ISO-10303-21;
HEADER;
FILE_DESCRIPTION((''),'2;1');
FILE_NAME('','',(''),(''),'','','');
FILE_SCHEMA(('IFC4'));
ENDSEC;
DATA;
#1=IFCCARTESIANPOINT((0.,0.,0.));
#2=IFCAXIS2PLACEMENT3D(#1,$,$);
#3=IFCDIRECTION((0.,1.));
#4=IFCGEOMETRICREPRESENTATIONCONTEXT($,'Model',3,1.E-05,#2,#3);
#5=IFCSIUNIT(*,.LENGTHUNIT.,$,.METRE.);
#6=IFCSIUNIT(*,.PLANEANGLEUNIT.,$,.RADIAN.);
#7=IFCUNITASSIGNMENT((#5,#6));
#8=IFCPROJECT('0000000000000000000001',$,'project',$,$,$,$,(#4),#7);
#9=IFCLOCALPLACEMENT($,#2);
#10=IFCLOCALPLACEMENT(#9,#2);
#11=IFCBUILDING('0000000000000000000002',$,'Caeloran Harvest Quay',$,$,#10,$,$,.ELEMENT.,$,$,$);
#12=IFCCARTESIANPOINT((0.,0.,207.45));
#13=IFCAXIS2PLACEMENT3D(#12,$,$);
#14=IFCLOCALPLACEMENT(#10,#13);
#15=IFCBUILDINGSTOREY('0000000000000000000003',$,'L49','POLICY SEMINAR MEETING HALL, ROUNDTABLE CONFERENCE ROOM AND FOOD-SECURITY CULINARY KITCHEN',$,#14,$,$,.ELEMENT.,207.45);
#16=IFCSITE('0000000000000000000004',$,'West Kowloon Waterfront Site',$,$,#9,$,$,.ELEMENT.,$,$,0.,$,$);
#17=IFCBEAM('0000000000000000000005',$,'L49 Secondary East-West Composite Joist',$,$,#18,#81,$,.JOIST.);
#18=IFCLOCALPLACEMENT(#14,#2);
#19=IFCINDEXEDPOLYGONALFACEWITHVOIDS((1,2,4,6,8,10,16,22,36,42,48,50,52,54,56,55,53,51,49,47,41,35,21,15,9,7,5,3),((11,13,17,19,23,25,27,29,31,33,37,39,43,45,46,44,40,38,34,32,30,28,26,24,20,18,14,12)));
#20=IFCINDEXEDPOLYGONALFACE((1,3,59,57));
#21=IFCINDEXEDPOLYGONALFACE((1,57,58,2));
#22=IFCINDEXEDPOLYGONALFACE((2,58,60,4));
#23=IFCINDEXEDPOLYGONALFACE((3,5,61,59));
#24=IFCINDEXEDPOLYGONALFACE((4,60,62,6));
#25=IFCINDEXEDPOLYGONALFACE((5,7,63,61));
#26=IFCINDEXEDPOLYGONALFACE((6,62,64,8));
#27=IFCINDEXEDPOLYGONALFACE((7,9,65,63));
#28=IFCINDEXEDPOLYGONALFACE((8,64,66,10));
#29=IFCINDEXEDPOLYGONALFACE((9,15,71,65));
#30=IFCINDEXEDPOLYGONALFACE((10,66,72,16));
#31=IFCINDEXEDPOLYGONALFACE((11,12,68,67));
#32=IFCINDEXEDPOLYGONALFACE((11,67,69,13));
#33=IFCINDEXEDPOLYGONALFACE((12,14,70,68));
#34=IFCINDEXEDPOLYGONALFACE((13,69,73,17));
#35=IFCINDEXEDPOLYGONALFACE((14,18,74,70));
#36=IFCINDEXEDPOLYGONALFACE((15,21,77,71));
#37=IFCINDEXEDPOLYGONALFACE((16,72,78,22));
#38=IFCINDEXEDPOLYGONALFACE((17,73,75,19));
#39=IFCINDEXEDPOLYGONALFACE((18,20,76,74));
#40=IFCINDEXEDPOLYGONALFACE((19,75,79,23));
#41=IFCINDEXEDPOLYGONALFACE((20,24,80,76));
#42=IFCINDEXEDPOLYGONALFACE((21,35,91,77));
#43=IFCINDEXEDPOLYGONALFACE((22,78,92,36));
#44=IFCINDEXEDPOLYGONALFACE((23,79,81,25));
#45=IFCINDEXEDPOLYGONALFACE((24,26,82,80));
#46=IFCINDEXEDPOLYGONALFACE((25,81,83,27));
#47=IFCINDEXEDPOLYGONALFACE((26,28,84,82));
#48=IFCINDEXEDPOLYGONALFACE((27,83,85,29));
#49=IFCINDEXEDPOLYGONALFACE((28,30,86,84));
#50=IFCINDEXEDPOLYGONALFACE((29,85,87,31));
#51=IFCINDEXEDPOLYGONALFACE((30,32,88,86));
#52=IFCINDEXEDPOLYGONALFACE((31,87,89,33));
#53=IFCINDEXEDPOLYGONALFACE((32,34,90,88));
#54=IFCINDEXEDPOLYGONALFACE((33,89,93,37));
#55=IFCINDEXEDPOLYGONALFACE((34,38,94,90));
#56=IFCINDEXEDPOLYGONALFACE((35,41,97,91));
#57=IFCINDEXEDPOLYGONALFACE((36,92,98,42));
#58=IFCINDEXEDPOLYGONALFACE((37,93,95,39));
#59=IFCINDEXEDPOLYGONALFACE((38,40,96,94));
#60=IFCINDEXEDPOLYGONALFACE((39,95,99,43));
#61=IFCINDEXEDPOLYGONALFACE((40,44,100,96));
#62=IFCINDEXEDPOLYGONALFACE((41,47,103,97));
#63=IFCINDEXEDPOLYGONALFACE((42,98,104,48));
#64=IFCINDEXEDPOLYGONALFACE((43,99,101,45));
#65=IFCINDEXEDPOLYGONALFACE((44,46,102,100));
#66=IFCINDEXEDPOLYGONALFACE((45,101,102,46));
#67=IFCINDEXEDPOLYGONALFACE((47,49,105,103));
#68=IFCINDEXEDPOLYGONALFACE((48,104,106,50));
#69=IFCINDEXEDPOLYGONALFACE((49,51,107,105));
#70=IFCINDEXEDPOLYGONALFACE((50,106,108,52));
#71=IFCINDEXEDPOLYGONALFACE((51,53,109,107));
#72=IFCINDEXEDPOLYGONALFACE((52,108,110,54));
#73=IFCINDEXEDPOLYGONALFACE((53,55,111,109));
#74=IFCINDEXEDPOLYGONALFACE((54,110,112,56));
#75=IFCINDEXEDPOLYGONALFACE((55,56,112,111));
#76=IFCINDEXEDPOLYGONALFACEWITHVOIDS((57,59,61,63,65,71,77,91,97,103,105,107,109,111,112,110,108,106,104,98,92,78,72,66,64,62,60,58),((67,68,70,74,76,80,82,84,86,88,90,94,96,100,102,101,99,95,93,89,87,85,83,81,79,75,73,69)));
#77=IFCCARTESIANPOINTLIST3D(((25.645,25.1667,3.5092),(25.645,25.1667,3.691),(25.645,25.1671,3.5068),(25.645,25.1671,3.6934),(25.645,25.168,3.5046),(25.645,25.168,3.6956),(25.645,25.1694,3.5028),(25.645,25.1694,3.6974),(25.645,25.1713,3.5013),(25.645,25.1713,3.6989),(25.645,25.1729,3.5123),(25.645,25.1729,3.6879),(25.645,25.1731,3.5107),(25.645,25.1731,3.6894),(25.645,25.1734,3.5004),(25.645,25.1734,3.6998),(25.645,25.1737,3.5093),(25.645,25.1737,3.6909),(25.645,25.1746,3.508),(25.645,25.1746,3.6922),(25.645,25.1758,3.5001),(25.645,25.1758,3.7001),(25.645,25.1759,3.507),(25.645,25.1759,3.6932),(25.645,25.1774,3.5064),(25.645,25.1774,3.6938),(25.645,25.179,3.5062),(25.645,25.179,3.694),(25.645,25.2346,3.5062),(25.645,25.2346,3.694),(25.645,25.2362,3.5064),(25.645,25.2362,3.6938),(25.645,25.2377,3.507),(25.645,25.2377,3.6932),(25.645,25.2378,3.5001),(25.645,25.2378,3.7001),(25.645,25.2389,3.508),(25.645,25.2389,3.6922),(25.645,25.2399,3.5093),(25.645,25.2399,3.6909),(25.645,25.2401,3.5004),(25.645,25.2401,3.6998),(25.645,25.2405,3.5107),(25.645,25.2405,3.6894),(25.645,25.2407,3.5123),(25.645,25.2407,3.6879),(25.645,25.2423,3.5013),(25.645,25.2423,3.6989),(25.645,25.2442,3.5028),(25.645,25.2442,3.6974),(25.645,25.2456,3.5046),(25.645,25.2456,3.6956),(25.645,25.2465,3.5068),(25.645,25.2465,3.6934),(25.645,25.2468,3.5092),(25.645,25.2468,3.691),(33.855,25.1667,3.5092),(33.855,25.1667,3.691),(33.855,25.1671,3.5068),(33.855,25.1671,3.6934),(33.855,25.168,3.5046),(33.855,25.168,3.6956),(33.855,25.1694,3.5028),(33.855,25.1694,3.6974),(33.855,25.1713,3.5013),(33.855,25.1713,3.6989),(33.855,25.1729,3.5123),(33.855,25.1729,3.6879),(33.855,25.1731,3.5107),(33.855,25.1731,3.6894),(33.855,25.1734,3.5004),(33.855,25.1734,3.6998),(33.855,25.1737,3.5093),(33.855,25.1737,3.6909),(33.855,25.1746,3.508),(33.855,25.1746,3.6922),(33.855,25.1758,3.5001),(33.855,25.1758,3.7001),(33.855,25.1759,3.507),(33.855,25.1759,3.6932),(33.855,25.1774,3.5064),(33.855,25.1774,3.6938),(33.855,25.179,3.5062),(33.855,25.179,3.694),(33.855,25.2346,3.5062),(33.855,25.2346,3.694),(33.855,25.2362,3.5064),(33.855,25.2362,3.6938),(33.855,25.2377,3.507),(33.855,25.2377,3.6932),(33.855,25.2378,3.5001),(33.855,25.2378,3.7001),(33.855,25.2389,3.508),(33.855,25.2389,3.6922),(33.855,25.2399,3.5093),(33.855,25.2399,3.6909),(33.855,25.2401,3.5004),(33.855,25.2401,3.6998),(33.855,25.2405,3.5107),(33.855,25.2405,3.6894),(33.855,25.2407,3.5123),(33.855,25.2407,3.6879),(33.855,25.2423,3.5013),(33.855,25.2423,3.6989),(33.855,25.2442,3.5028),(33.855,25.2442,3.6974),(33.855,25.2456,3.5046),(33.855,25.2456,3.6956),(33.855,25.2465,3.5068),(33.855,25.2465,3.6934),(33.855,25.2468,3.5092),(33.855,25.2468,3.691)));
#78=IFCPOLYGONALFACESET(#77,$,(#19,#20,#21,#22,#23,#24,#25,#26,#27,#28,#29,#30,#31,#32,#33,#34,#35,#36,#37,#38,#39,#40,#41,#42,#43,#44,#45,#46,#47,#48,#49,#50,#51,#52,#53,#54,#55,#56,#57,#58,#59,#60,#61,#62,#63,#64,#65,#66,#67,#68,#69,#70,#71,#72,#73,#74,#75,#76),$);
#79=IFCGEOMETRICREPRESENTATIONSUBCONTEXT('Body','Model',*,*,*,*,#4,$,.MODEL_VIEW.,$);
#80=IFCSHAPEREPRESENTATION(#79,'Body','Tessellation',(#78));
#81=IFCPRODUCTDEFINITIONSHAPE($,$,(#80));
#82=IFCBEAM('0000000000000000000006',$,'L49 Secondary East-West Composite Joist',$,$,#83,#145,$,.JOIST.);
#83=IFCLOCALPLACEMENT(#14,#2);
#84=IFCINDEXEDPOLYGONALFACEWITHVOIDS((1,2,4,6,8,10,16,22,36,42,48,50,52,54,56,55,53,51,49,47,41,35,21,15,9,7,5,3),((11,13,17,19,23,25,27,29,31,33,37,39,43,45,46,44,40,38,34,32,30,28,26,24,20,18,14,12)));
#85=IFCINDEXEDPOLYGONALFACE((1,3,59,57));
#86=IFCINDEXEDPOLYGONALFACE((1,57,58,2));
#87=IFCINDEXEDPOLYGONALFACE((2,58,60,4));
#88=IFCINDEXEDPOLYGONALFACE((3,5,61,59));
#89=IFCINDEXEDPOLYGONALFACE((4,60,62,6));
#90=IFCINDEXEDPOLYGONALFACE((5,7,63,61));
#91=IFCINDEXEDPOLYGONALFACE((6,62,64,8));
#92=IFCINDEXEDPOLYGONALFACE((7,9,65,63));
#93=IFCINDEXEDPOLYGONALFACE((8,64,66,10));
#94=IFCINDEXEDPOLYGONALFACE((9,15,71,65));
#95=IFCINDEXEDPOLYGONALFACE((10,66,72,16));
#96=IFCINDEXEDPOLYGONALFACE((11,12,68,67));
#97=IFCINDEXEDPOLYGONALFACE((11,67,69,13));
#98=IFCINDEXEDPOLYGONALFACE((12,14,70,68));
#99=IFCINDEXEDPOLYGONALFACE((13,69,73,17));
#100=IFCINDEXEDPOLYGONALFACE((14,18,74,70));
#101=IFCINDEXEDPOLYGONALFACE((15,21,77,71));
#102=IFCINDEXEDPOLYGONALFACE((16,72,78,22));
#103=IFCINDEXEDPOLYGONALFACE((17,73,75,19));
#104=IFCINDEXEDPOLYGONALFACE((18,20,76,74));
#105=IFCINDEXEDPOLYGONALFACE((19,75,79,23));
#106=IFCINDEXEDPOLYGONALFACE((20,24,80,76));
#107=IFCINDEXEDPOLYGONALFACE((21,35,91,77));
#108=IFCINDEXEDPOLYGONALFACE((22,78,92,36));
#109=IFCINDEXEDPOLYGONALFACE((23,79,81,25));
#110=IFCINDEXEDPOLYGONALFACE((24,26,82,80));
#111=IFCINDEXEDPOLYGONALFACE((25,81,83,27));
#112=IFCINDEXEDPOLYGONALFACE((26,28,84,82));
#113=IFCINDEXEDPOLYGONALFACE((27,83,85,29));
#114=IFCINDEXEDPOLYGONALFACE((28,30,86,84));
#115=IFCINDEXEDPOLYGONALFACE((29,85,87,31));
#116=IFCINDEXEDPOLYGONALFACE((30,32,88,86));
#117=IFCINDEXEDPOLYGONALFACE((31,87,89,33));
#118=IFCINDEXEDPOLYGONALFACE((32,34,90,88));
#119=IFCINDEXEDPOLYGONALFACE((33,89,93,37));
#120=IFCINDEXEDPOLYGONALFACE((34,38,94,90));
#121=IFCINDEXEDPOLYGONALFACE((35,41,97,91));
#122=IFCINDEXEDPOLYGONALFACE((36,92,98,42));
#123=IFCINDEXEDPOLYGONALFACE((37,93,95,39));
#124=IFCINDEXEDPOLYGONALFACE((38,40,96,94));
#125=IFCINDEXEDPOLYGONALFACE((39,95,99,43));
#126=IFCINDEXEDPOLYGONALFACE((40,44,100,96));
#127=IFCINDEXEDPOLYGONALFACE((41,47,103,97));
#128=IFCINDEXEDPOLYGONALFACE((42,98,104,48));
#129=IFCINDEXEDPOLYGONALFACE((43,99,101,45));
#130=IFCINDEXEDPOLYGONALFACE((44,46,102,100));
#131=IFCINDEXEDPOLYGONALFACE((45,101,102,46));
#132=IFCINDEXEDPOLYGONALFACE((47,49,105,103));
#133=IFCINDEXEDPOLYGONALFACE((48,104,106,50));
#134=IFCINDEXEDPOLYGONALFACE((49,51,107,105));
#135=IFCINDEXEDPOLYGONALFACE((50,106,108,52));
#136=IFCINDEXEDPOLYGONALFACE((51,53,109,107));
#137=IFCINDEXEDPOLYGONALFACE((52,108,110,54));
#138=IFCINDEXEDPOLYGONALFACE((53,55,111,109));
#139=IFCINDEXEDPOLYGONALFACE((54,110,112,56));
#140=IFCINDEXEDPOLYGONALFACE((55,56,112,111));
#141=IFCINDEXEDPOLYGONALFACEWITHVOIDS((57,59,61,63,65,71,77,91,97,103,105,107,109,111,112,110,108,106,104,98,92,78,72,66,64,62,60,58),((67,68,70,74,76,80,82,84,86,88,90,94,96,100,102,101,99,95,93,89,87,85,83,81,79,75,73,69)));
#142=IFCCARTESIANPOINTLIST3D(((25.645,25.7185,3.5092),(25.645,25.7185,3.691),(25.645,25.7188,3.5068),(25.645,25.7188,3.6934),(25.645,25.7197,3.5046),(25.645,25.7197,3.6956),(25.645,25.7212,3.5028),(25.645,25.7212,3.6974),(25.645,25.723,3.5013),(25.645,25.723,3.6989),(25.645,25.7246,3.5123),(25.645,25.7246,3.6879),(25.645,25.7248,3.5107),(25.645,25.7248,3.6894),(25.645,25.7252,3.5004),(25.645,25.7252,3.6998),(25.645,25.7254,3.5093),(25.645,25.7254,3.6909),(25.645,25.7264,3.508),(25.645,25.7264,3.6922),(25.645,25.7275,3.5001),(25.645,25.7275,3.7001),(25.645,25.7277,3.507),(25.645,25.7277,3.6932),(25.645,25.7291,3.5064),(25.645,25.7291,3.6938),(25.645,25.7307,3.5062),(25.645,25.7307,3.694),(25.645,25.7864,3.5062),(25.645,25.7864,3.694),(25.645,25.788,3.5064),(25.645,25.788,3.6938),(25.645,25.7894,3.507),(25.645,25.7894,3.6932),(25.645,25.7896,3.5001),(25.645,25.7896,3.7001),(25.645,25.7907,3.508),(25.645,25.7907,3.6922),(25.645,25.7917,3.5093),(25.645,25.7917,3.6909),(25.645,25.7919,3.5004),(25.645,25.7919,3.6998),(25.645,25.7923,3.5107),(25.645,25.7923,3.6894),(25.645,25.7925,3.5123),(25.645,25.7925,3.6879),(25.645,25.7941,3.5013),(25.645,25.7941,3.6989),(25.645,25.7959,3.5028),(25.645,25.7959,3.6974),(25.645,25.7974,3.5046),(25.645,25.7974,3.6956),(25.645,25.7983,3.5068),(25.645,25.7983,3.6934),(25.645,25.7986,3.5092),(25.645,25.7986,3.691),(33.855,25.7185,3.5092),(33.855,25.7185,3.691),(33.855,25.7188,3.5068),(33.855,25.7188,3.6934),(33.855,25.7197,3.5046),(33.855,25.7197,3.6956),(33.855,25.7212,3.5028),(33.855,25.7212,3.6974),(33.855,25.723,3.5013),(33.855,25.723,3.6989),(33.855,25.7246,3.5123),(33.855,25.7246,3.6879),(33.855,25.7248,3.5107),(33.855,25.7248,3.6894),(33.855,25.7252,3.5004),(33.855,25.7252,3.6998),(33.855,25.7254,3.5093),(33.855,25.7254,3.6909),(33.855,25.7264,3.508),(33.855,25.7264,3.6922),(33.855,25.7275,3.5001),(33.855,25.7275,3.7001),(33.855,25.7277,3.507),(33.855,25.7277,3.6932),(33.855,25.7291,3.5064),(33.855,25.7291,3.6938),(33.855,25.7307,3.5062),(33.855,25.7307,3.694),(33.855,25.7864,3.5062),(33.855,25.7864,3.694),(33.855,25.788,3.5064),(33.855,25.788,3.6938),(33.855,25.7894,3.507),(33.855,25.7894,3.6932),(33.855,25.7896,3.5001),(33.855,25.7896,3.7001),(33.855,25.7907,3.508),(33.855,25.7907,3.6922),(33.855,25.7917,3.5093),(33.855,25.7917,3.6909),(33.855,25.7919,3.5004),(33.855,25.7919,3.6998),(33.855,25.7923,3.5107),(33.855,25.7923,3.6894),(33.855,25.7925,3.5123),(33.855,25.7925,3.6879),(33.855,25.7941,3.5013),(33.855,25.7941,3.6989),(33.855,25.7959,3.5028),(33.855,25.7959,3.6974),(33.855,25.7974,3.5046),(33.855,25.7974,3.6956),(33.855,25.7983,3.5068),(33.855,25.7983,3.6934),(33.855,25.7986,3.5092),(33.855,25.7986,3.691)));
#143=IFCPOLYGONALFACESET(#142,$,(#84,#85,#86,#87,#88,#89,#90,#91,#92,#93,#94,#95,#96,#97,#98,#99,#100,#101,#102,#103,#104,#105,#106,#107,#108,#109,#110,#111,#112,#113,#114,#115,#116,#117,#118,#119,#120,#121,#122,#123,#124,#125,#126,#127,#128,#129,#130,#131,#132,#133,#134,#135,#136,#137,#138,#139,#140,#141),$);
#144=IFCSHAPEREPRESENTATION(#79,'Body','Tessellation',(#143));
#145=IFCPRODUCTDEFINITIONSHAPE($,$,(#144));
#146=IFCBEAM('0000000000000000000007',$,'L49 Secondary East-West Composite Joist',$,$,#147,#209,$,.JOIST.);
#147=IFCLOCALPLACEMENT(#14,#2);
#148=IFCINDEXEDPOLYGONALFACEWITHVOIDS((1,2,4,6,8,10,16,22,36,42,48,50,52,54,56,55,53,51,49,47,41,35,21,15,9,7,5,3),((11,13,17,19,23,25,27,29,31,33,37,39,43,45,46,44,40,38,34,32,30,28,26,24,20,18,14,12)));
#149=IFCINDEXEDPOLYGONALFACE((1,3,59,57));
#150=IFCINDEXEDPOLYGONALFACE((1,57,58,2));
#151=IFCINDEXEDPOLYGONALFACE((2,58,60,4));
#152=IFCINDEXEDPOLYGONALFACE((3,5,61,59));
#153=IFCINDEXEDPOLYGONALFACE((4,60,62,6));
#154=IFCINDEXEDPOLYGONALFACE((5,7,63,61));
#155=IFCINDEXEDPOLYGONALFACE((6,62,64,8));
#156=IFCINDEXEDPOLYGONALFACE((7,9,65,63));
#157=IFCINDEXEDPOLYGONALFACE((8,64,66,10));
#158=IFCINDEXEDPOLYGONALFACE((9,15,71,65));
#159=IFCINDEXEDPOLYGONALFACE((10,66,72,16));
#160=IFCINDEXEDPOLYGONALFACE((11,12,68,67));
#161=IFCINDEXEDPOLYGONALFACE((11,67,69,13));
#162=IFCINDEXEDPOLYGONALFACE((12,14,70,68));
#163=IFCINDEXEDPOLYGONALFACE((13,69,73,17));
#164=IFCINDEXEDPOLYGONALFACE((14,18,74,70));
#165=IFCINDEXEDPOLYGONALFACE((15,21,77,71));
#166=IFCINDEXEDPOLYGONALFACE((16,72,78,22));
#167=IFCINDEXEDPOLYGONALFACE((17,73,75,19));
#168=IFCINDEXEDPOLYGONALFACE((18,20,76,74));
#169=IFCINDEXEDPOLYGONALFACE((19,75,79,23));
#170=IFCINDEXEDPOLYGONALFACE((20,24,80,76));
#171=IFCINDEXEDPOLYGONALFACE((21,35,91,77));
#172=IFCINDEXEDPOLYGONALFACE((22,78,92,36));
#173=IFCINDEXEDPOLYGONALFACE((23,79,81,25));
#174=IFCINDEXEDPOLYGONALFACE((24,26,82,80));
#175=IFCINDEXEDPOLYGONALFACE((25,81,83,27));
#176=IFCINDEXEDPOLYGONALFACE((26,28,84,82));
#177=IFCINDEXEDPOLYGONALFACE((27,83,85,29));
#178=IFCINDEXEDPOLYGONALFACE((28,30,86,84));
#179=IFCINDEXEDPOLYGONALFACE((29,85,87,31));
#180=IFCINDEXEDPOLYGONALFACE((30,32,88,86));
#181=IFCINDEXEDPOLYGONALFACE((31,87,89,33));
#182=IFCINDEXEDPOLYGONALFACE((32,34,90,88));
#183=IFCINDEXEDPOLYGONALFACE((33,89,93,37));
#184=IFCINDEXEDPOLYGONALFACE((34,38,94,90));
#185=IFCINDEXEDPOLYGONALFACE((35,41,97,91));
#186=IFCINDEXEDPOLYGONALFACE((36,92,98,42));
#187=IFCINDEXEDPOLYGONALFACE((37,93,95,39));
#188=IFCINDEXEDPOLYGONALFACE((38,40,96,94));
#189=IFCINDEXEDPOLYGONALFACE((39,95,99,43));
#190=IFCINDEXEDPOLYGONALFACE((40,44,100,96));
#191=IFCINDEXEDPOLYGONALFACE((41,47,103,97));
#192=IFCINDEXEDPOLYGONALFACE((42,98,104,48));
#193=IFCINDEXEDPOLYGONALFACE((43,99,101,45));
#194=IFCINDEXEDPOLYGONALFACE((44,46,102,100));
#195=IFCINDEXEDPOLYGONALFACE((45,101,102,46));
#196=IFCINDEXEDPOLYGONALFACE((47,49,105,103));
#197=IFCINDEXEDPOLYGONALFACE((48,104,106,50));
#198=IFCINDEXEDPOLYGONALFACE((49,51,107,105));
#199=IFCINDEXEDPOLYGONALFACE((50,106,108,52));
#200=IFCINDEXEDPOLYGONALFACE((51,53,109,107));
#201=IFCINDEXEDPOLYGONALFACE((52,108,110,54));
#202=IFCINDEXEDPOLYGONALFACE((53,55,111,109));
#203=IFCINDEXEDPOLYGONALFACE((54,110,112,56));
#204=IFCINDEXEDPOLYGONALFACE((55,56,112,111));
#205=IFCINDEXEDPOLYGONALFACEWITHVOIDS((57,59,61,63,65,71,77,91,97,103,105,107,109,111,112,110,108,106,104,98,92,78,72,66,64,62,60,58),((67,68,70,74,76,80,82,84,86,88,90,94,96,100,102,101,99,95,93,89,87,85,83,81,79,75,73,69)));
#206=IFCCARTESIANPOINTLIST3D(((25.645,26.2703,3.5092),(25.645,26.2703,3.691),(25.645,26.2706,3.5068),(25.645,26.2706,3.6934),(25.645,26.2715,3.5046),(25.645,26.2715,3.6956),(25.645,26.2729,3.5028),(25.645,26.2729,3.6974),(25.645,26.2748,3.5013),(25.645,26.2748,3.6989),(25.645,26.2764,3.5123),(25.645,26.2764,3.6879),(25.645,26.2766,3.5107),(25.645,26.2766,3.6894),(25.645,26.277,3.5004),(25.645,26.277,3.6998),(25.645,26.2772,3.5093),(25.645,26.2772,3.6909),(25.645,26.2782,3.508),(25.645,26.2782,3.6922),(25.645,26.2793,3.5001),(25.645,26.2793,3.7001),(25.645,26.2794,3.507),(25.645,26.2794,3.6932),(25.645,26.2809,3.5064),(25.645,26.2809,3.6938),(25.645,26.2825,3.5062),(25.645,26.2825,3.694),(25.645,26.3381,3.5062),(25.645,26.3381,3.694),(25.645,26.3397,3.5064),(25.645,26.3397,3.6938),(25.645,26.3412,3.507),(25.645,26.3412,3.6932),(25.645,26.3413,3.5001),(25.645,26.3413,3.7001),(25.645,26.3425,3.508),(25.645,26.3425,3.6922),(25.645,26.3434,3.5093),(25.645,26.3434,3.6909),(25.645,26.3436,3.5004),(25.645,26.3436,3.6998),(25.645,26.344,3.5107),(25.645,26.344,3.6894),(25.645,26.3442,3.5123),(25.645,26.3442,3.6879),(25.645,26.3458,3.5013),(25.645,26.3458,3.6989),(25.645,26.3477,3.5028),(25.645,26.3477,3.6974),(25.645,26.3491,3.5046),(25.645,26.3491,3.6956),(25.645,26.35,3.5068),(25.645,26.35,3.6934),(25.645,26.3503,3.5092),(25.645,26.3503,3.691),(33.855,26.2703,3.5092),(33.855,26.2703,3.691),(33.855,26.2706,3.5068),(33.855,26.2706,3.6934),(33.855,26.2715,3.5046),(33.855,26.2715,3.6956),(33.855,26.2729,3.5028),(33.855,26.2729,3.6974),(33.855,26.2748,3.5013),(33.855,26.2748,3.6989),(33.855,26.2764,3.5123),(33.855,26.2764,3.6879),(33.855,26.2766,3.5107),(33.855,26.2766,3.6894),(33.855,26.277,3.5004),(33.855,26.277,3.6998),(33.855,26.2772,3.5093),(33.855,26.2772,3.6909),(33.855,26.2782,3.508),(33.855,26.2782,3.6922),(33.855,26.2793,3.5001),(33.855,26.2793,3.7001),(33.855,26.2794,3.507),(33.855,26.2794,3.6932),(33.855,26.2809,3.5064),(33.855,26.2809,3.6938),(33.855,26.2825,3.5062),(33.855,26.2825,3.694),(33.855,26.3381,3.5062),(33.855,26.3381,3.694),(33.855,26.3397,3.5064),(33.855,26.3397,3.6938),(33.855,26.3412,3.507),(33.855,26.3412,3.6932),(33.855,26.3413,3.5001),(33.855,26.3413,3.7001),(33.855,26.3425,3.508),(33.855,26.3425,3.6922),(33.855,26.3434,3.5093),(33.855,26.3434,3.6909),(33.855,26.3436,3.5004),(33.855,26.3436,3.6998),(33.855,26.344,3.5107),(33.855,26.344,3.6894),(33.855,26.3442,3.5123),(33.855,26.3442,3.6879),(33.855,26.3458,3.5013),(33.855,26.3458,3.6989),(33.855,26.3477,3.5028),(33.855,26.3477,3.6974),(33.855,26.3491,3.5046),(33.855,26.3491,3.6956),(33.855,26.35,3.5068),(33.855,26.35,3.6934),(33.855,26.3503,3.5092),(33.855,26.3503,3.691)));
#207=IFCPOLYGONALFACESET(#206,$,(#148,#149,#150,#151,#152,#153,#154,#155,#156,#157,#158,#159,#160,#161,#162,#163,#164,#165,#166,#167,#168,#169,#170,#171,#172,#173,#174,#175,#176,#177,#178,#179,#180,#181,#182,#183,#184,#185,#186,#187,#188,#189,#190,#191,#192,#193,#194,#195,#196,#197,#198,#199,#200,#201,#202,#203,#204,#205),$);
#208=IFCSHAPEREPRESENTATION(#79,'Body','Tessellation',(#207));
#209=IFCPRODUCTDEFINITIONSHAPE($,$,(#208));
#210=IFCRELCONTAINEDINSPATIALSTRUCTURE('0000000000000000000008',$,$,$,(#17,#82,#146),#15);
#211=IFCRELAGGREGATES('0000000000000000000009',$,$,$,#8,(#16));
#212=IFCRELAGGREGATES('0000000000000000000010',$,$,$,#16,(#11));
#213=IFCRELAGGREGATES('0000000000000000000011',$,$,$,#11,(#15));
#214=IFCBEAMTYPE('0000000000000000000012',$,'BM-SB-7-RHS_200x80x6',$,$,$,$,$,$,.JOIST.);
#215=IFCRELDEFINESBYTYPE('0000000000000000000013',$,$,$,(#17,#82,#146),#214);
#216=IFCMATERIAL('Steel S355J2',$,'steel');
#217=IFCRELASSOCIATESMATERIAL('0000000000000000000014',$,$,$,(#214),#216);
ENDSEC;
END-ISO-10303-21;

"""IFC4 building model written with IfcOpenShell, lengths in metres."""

from ifc_helpers import new_model, si_unit, direction, frame, origin, origin_2d, place, context, subcontext, project, spatial, hollow_rectangle, extrude, material, material_profile, profile_set, type_object, element, save


model = new_model("IFC4")

# Units and contexts
model_context = context("Model", 3, precision=1e-05, world=origin(), true_north=direction((0.0, 1.0)))
body_context = subcontext(model_context, "Body", "Model", "MODEL_VIEW")
ifc_project = project(units=[si_unit("LENGTHUNIT", "METRE"), si_unit("PLANEANGLEUNIT", "RADIAN")], contexts=[model_context])

# Site, building, storey
site_placement = place(None, origin())
site = spatial("IfcSite", under=ifc_project, at=site_placement, Name="West Kowloon Waterfront Site", CompositionType="ELEMENT", RefElevation=0.0)
building_placement = place(site_placement, origin())
building = spatial("IfcBuilding", under=site, at=building_placement, Name="Caeloran Harvest Quay", CompositionType="ELEMENT")
storey_placement = place(building_placement, frame((0.0, 0.0, 207.45)))
storey = spatial("IfcBuildingStorey", under=building, at=storey_placement, Name="L49", Description="POLICY SEMINAR MEETING HALL, ROUNDTABLE CONFERENCE ROOM AND FOOD-SECURITY CULINARY KITCHEN", CompositionType="ELEMENT", Elevation=207.45)

# Beams
ifc_material_1 = material(Name="Steel S355J2", Category="steel")
ifc_material_profile_1 = material_profile(ifc_material_1, hollow_rectangle(XDim=0.0801, YDim=0.2, WallThickness=0.0061, InnerFilletRadius=0.0061, OuterFilletRadius=0.009, at=origin_2d()), Name="RHS 200x80x6")
ifc_profile_set_1 = profile_set([ifc_material_profile_1], Name="Steel S355J2")
beam_type_1 = type_object("IfcBeamType", Name="BM-SB-7-RHS_200x80x6", PredefinedType="JOIST", material=ifc_profile_set_1)
for number, where, z_axis, x_axis, name in (
    (1, (25.645, 25.2068, 3.6001), (1.0, 0.0, 0.0), (0.0, 1.0, 0.0), "L49 Secondary East-West Composite Joist"),
    (2, (25.645, 25.7585, 3.6001), (1.0, 0.0, 0.0), (0.0, 1.0, 0.0), "L49 Secondary East-West Composite Joist"),
    (3, (25.645, 26.3103, 3.6001), (1.0, 0.0, 0.0), (0.0, 1.0, 0.0), "L49 Secondary East-West Composite Joist"),
):
    element("IfcBeam", number, at=place(storey_placement, frame(where, z_axis=z_axis, x_axis=x_axis)), inside=storey, type_object=beam_type_1, Name=name, PredefinedType="JOIST", context=body_context, shape_type="SweptSolid", body=[
        extrude(hollow_rectangle(XDim=0.0801, YDim=0.2, WallThickness=0.0061, InnerFilletRadius=0.0061, OuterFilletRadius=0.009, at=origin_2d()), origin(), (0.0, 0.0, 1.0), 8.21),
    ])

save(model, "model.ifc")
